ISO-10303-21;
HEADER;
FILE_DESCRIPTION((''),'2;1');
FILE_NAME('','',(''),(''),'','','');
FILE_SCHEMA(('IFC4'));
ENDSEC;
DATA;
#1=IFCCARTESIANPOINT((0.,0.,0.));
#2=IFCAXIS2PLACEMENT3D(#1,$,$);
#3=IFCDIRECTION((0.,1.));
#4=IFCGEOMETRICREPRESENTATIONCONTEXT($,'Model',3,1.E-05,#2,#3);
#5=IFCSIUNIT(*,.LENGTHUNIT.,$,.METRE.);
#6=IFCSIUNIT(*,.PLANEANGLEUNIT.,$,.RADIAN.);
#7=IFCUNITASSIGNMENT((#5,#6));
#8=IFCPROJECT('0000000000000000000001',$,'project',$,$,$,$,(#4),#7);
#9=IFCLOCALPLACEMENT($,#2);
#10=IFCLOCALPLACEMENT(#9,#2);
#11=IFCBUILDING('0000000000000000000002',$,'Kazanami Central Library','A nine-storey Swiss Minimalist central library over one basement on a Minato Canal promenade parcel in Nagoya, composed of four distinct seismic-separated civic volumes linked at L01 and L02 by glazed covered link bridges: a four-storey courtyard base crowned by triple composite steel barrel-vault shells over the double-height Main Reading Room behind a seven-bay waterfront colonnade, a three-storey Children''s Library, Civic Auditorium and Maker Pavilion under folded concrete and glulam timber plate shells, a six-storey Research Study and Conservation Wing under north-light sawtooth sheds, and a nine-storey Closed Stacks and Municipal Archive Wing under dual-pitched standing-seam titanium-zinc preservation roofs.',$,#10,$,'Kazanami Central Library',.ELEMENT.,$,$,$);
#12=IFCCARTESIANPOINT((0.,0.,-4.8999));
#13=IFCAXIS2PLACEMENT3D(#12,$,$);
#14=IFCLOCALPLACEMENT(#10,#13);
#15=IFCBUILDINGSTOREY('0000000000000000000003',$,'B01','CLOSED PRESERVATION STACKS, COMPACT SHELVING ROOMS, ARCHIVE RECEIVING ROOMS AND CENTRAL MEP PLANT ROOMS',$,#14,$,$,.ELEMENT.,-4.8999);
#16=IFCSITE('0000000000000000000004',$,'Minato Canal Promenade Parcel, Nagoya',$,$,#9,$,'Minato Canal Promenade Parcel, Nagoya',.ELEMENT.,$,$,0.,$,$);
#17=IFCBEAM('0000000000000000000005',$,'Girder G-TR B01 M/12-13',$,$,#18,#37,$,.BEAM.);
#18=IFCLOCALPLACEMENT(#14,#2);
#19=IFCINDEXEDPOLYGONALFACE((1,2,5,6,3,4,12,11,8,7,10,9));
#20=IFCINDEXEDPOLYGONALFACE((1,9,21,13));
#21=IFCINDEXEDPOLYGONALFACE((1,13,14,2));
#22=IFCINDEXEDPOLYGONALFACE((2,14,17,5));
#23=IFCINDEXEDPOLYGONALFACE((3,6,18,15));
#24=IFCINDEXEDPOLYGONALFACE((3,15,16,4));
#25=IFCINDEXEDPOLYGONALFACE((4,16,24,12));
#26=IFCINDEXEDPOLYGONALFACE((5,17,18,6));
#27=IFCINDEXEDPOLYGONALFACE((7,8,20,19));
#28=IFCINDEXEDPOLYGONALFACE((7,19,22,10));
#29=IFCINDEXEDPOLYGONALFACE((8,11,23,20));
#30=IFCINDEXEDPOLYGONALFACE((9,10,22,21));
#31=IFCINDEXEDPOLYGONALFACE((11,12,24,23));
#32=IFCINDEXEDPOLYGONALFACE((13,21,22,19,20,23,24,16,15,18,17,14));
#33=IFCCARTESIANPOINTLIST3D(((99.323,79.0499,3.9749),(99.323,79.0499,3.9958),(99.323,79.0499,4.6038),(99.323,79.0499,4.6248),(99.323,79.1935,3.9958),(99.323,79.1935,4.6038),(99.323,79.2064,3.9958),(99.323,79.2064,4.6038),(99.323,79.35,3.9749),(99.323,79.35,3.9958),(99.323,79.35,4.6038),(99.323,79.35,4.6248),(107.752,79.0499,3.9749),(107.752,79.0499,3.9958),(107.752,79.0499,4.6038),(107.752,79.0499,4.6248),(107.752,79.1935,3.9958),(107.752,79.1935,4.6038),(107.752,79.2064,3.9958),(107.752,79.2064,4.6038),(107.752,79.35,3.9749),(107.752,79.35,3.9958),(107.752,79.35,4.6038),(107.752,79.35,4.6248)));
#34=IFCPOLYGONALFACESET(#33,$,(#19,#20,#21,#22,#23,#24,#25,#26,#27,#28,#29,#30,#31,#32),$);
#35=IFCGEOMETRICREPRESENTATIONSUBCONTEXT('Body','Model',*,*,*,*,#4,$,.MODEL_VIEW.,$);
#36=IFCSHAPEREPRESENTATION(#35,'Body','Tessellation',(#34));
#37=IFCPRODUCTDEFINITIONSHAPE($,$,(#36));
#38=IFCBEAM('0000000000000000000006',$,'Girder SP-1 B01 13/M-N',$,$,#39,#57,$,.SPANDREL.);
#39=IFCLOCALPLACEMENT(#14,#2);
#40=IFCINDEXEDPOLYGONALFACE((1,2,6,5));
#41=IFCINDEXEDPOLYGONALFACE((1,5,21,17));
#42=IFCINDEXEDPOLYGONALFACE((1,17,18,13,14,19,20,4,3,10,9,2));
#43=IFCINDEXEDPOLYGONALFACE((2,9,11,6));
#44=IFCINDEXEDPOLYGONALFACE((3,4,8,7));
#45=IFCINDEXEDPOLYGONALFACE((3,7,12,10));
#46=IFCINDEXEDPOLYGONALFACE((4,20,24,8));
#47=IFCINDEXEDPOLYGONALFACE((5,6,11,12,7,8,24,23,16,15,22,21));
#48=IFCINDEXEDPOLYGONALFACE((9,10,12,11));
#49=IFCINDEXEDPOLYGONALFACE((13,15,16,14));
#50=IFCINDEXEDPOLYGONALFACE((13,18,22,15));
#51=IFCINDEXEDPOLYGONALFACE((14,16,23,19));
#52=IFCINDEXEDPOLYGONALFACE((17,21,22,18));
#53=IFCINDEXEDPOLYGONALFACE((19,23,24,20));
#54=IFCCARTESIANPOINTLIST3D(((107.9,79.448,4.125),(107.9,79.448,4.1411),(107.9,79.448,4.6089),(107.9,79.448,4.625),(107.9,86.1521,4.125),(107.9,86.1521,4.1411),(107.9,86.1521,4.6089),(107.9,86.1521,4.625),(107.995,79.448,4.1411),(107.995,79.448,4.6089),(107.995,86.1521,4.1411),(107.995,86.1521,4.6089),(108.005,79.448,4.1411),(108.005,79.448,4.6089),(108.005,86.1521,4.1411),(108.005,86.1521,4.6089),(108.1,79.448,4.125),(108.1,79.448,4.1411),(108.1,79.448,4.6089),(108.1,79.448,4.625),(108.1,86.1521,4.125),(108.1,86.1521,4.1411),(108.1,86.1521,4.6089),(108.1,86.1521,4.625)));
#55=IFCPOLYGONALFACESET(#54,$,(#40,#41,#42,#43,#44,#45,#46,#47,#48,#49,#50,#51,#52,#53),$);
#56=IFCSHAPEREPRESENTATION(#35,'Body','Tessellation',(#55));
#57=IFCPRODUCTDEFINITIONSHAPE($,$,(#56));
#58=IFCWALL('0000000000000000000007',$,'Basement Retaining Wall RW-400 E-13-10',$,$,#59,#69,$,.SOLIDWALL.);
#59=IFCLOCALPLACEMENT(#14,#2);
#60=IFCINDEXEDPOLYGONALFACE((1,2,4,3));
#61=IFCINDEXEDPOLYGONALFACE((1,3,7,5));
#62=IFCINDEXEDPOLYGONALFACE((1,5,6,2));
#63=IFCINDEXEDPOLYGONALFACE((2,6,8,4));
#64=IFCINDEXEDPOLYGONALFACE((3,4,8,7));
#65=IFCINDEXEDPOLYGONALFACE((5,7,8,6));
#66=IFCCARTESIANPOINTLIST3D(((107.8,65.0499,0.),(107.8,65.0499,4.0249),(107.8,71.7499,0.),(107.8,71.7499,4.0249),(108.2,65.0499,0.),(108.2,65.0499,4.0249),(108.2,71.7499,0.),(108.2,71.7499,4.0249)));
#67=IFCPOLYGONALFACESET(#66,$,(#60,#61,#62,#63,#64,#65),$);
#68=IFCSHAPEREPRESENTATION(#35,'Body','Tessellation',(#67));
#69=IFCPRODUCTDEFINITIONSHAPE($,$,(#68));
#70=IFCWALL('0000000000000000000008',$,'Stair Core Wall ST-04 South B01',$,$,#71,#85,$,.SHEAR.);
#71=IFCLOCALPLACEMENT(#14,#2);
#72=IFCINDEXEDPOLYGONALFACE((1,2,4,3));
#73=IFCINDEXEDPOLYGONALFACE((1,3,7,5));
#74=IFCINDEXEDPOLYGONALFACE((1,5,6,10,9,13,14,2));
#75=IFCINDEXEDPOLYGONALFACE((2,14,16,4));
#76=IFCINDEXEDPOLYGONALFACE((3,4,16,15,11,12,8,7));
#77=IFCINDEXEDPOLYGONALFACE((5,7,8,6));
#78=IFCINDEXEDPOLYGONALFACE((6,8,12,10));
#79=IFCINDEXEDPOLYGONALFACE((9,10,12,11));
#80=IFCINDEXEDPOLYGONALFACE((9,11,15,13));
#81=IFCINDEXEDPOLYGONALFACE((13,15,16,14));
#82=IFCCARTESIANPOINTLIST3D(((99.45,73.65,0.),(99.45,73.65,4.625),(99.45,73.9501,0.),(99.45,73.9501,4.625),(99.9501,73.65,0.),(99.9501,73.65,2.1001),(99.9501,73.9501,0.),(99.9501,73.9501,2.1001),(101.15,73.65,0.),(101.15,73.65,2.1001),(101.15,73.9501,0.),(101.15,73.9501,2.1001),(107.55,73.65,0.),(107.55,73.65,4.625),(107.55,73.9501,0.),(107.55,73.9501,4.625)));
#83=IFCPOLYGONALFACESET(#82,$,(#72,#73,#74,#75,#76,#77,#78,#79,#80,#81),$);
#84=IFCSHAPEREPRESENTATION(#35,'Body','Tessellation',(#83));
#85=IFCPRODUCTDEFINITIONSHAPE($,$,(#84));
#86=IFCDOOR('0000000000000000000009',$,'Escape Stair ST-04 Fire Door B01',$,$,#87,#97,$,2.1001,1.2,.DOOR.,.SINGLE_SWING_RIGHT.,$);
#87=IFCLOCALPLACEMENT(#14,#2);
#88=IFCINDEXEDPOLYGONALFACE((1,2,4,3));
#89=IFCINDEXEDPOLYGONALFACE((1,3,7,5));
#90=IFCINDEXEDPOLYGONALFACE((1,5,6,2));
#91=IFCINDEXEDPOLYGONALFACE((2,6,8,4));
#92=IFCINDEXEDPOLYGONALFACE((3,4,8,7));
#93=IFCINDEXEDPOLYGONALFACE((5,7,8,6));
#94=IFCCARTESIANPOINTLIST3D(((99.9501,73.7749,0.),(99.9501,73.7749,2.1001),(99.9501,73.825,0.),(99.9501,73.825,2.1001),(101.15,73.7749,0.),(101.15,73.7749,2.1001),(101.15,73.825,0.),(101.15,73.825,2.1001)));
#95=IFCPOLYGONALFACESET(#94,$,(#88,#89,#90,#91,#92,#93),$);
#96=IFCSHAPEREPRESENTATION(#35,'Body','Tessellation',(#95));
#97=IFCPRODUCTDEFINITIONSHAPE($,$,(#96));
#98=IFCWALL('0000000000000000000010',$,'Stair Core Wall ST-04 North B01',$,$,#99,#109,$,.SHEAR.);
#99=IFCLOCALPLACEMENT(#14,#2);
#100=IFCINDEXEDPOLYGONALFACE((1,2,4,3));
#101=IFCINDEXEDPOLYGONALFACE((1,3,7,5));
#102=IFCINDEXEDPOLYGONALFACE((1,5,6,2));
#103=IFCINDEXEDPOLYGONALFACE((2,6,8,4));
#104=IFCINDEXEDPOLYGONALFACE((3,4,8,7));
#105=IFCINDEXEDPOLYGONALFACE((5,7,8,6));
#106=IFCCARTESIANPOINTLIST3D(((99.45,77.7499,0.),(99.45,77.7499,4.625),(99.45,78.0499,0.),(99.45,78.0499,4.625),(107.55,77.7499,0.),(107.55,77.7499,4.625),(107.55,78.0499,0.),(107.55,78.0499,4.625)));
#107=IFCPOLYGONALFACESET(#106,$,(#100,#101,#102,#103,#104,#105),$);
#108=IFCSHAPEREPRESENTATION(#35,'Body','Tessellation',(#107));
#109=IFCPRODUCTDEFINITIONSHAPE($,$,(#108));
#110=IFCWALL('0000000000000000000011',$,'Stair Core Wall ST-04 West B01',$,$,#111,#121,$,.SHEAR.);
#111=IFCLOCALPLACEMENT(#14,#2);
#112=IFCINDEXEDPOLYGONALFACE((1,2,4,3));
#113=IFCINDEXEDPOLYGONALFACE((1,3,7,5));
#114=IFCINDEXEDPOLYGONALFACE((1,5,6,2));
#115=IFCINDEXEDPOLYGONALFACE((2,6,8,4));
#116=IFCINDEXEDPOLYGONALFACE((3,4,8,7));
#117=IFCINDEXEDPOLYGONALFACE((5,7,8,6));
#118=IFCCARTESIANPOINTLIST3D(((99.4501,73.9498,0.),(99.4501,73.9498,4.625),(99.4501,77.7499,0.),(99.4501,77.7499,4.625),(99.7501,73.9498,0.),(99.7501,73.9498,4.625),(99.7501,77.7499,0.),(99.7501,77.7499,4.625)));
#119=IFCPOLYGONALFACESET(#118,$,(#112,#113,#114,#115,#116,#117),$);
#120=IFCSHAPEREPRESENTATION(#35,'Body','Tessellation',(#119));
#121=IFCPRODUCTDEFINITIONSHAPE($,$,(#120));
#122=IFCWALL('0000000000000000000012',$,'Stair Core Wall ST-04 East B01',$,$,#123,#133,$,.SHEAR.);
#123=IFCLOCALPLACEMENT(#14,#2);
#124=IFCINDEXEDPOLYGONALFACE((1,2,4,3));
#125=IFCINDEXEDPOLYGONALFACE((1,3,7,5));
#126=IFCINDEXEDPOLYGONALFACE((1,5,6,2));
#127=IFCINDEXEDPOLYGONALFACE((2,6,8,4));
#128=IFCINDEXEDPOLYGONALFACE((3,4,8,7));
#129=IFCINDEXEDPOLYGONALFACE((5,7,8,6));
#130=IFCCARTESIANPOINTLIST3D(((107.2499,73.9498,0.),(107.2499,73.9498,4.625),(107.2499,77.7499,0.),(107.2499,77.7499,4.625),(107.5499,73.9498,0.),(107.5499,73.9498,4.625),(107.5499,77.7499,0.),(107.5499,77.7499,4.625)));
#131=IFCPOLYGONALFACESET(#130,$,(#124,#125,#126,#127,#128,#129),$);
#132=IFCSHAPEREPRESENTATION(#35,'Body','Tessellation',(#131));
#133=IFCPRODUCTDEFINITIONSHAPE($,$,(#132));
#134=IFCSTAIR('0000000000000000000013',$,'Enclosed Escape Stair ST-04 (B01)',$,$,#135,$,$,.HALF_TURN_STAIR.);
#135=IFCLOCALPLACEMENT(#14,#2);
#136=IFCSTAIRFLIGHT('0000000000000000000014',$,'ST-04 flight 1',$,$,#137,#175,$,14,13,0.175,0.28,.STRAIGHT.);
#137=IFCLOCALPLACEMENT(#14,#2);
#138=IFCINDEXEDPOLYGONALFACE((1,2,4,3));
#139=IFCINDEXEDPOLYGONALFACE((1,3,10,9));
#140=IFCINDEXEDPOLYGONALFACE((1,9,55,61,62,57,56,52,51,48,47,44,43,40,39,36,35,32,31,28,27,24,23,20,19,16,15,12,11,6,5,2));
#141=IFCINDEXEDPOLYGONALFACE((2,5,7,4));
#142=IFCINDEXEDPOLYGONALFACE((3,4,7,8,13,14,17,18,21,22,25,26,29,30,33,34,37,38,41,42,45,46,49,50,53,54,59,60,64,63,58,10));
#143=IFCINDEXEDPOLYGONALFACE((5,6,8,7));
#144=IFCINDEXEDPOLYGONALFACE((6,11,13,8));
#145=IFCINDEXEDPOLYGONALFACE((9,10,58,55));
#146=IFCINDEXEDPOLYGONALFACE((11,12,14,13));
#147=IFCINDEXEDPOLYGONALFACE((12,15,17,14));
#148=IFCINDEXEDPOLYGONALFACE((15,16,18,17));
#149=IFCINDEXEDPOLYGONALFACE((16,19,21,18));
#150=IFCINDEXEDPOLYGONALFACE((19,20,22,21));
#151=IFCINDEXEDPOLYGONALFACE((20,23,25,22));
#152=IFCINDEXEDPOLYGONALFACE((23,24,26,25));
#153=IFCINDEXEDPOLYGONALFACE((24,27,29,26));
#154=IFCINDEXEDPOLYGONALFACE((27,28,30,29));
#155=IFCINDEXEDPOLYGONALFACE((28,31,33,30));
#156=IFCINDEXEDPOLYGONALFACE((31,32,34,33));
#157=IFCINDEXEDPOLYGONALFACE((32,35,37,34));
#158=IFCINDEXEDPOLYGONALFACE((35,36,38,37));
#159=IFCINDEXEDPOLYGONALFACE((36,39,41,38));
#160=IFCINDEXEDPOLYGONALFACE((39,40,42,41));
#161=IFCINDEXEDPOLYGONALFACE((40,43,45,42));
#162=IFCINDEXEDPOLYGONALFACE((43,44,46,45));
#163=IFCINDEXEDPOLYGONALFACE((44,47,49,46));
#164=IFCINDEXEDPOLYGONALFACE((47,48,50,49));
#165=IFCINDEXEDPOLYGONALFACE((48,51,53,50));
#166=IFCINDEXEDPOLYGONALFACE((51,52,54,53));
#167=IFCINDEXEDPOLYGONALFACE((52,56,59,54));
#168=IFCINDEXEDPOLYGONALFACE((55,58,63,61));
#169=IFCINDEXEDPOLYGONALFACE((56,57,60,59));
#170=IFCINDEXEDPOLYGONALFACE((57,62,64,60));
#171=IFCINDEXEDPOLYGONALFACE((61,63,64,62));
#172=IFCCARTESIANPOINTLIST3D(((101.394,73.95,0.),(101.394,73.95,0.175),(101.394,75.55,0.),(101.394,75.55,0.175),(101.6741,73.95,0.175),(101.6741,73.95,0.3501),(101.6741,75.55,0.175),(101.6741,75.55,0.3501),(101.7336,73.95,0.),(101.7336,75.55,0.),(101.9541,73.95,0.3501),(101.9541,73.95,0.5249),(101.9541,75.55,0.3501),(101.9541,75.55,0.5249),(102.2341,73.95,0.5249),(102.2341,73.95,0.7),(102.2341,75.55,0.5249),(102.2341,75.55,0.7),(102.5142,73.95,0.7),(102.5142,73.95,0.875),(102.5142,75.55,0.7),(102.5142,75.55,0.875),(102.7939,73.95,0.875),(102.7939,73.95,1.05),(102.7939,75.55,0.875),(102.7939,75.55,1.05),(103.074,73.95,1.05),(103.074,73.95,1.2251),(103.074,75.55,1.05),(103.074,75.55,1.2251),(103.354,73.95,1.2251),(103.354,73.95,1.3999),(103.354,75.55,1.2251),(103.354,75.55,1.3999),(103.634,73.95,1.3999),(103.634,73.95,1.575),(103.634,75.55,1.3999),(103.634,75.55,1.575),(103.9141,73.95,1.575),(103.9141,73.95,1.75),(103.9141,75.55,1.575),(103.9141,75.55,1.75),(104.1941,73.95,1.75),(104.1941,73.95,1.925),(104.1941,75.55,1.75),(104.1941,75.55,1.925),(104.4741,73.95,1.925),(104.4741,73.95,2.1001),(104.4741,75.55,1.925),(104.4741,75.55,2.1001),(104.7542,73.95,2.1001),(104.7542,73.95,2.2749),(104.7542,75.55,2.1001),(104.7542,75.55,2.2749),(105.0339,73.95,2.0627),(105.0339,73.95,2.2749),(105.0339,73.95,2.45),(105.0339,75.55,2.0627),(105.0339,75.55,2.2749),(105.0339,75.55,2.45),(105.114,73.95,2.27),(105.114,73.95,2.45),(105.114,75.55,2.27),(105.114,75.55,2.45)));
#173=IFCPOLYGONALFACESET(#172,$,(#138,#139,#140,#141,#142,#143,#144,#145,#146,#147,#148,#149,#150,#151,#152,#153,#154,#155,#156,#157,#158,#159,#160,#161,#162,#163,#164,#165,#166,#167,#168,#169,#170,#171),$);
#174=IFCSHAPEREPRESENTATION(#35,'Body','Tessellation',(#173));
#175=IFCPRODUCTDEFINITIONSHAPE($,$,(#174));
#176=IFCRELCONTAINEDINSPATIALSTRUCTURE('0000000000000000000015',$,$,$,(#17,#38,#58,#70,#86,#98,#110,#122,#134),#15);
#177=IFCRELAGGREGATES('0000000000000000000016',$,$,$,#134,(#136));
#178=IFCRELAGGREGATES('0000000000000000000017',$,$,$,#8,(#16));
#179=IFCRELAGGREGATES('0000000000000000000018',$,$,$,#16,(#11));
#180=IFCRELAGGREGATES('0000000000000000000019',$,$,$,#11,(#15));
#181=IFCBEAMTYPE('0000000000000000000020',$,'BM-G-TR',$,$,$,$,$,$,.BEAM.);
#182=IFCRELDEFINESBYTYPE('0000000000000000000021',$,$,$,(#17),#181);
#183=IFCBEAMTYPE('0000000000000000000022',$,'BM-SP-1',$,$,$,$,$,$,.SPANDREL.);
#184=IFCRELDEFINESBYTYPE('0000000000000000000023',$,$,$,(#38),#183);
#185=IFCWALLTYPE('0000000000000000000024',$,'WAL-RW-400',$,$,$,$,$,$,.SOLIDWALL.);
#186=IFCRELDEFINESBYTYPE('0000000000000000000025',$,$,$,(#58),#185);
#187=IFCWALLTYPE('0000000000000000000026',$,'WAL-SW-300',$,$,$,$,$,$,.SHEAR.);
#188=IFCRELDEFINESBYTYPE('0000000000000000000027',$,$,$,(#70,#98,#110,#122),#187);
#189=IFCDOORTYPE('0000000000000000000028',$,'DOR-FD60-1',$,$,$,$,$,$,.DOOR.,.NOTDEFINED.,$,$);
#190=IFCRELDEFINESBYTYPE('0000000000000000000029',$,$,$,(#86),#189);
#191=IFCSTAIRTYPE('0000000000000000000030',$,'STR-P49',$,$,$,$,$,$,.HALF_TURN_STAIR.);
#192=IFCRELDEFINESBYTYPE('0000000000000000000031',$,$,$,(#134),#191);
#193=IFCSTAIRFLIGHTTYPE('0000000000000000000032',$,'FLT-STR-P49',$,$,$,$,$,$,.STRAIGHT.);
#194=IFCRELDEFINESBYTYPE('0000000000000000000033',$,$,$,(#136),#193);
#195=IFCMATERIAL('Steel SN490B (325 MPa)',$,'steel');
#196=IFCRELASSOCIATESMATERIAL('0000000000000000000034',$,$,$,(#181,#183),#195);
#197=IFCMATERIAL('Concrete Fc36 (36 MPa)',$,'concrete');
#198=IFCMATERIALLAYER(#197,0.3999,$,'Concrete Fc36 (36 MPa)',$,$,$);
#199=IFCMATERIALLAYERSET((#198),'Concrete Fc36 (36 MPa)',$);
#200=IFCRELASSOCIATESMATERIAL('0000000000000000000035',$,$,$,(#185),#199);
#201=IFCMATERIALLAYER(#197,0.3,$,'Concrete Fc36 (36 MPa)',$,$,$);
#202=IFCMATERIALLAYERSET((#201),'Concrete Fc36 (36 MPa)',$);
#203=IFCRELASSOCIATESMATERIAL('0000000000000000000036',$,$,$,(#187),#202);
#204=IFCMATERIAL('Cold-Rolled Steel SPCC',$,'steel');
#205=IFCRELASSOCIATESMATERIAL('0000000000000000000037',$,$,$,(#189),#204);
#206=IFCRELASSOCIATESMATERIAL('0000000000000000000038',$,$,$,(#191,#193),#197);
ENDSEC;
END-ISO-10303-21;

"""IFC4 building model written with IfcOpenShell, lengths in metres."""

from ifc_helpers import new_model, si_unit, direction, frame, frame_2d, origin, origin_2d, place, context, subcontext, project, spatial, polyline, rectangle, i_section, outline, extrude, material, layer, layer_set, material_profile, profile_set, type_object, element, fill, aggregate, save


model = new_model("IFC4")

# Units and contexts
model_context = context("Model", 3, precision=1e-05, world=origin(), true_north=direction((0.0, 1.0)))
body_context = subcontext(model_context, "Body", "Model", "MODEL_VIEW")
ifc_project = project(units=[si_unit("LENGTHUNIT", "METRE"), si_unit("PLANEANGLEUNIT", "RADIAN")], contexts=[model_context])

# Site, building, storey
site_placement = place(None, origin())
site = spatial("IfcSite", under=ifc_project, at=site_placement, Name="Minato Canal Promenade Parcel, Nagoya", LongName="Minato Canal Promenade Parcel, Nagoya", CompositionType="ELEMENT", RefElevation=0.0)
building_placement = place(site_placement, origin())
building = spatial("IfcBuilding", under=site, at=building_placement, Name="Kazanami Central Library", Description="A nine-storey Swiss Minimalist central library over one basement on a Minato Canal promenade parcel in Nagoya, composed of four distinct seismic-separated civic volumes linked at L01 and L02 by glazed covered link bridges: a four-storey courtyard base crowned by triple composite steel barrel-vault shells over the double-height Main Reading Room behind a seven-bay waterfront colonnade, a three-storey Children's Library, Civic Auditorium and Maker Pavilion under folded concrete and glulam timber plate shells, a six-storey Research Study and Conservation Wing under north-light sawtooth sheds, and a nine-storey Closed Stacks and Municipal Archive Wing under dual-pitched standing-seam titanium-zinc preservation roofs.", LongName="Kazanami Central Library", CompositionType="ELEMENT")
storey_placement = place(building_placement, frame((0.0, 0.0, -4.8999)))
storey = spatial("IfcBuildingStorey", under=building, at=storey_placement, Name="B01", Description="CLOSED PRESERVATION STACKS, COMPACT SHELVING ROOMS, ARCHIVE RECEIVING ROOMS AND CENTRAL MEP PLANT ROOMS", CompositionType="ELEMENT", Elevation=-4.8999)

# Shared definitions
ifc_material_1 = material(Name="Concrete Fc36 (36 MPa)", Category="concrete")

# Beams
ifc_material_2 = material(Name="Steel SN490B (325 MPa)", Category="steel")
ifc_material_profile_1 = material_profile(ifc_material_2, i_section(OverallWidth=0.3, OverallDepth=0.6499, WebThickness=0.0129, FlangeThickness=0.021, at=origin_2d()), Name="H-650x300x13x21")
ifc_profile_set_1 = profile_set([ifc_material_profile_1], Name="Steel SN490B (325 MPa)")
beam_type_1 = type_object("IfcBeamType", Name="BM-G-TR", PredefinedType="BEAM", material=ifc_profile_set_1)
for number, where, z_axis, x_axis, name in (
    (1, (99.323, 79.2, 4.2998), (1.0, 0.0, 0.0), (0.0, 1.0, 0.0), "Girder G-TR B01 M/12-13"),
):
    element("IfcBeam", number, at=place(storey_placement, frame(where, z_axis=z_axis, x_axis=x_axis)), inside=storey, type_object=beam_type_1, Name=name, PredefinedType="BEAM", context=body_context, shape_type="SweptSolid", body=[
        extrude(i_section(OverallWidth=0.3, OverallDepth=0.6499, WebThickness=0.0129, FlangeThickness=0.021, at=origin_2d()), origin(), (0.0, 0.0, 1.0), 8.429),
    ])
ifc_material_profile_2 = material_profile(ifc_material_2, i_section(OverallWidth=0.2, OverallDepth=0.5, WebThickness=0.01, FlangeThickness=0.0161, at=origin_2d()), Name="H-500x200x10x16")
ifc_profile_set_2 = profile_set([ifc_material_profile_2], Name="Steel SN490B (325 MPa)")
beam_type_2 = type_object("IfcBeamType", Name="BM-SP-1", PredefinedType="SPANDREL", material=ifc_profile_set_2)
beam_1_placement = place(storey_placement, frame((108.0, 79.448, 4.375), z_axis=(0.0, 1.0, 0.0), x_axis=(-1.0, 0.0, 0.0)))
element("IfcBeam", 2, at=beam_1_placement, inside=storey, type_object=beam_type_2, Name="Girder SP-1 B01 13/M-N", PredefinedType="SPANDREL", context=body_context, shape_type="SweptSolid", body=[
    extrude(i_section(OverallWidth=0.2, OverallDepth=0.5, WebThickness=0.01, FlangeThickness=0.0161, at=origin_2d()), origin(), (0.0, 0.0, 1.0), 6.7041),
])

# Wall
ifc_layer_1 = layer(ifc_material_1, 0.3999, Name="Concrete Fc36 (36 MPa)")
ifc_layer_set_1 = layer_set([ifc_layer_1], Name="Concrete Fc36 (36 MPa)")
wall_type_1 = type_object("IfcWallType", Name="WAL-RW-400", PredefinedType="SOLIDWALL", material=ifc_layer_set_1)
wall_1_placement = place(storey_placement, frame((108.0, 71.75, 0.0), z_axis=(0.0, 0.0, 1.0), x_axis=(0.0, -1.0, 0.0)))
element("IfcWall", 3, at=wall_1_placement, inside=storey, type_object=wall_type_1, Name="Basement Retaining Wall RW-400 E-13-10", PredefinedType="SOLIDWALL", context=body_context, shape_type="SweptSolid", body=[
    extrude(rectangle(XDim=6.7, YDim=0.3999, at=frame_2d((3.3501, 0.0))), origin(), (0.0, 0.0, 1.0), 4.0249),
])

# Wall, opening, door
ifc_layer_2 = layer(ifc_material_1, 0.3, Name="Concrete Fc36 (36 MPa)")
ifc_layer_set_2 = layer_set([ifc_layer_2], Name="Concrete Fc36 (36 MPa)")
wall_type_2 = type_object("IfcWallType", Name="WAL-SW-300", PredefinedType="SHEAR", material=ifc_layer_set_2)
wall_2_placement = place(storey_placement, frame((99.45, 73.8, 0.0), z_axis=(0.0, 0.0, 1.0), x_axis=(1.0, 0.0, 0.0)))
wall_2 = element("IfcWall", 4, at=wall_2_placement, inside=storey, type_object=wall_type_2, Name="Stair Core Wall ST-04 South B01", PredefinedType="SHEAR", context=body_context, shape_type="SweptSolid", body=[
    extrude(rectangle(XDim=8.1001, YDim=0.3, at=frame_2d((4.05, 0.0))), origin(), (0.0, 0.0, 1.0), 4.625),
])
opening_1_placement = place(wall_2_placement, frame((0.5, 0.0, 0.0)))
opening_1 = element("IfcOpeningElement", 5, at=opening_1_placement, cuts=wall_2, PredefinedType="OPENING", context=body_context, shape_type="SweptSolid", body=[
    extrude(rectangle(XDim=1.2, YDim=2.1001, at=frame_2d((0.6001, 1.05))), frame((0.0, 0.1621, 0.0), z_axis=(0.0, -1.0, 0.0), x_axis=(1.0, 0.0, 0.0)), (0.0, 0.0, 1.0), 0.324),
])
ifc_material_3 = material(Name="Cold-Rolled Steel SPCC", Category="steel")
door_type_1 = type_object("IfcDoorType", Name="DOR-FD60-1", OperationType="NOTDEFINED", PredefinedType="DOOR", material=ifc_material_3)
door_1_placement = place(opening_1_placement, origin())
door_1 = element("IfcDoor", 6, at=door_1_placement, inside=storey, type_object=door_type_1, Name="Escape Stair ST-04 Fire Door B01", OperationType="SINGLE_SWING_RIGHT", OverallHeight=2.1001, OverallWidth=1.2, PredefinedType="DOOR", context=body_context, shape_type="SweptSolid", body=[
    extrude(rectangle(XDim=1.2, YDim=2.1001, at=frame_2d((0.6001, 1.05))), frame((0.0, 0.0249, 0.0), z_axis=(0.0, -1.0, 0.0), x_axis=(1.0, 0.0, 0.0)), (0.0, 0.0, 1.0), 0.05),
])
fill(opening_1, door_1)

# Walls
wall_3_placement = place(storey_placement, frame((99.45, 77.8999, 0.0), z_axis=(0.0, 0.0, 1.0), x_axis=(1.0, 0.0, 0.0)))
element("IfcWall", 7, at=wall_3_placement, inside=storey, type_object=wall_type_2, Name="Stair Core Wall ST-04 North B01", PredefinedType="SHEAR", context=body_context, shape_type="SweptSolid", body=[
    extrude(rectangle(XDim=8.1001, YDim=0.3, at=frame_2d((4.05, 0.0))), origin(), (0.0, 0.0, 1.0), 4.625),
])
for number, where, z_axis, x_axis, name in (
    (8, (99.6001, 73.95, 0.0), (0.0, 0.0, 1.0), (0.0, 1.0, 0.0), "Stair Core Wall ST-04 West B01"),
    (9, (107.3999, 73.95, 0.0), (0.0, 0.0, 1.0), (0.0, 1.0, 0.0), "Stair Core Wall ST-04 East B01"),
):
    element("IfcWall", number, at=place(storey_placement, frame(where, z_axis=z_axis, x_axis=x_axis)), inside=storey, type_object=wall_type_2, Name=name, PredefinedType="SHEAR", context=body_context, shape_type="SweptSolid", body=[
        extrude(rectangle(XDim=3.8, YDim=0.3, at=frame_2d((1.8999, 0.0))), origin(), (0.0, 0.0, 1.0), 4.625),
    ])

# Stair, stair flight
stair_type = type_object("IfcStairType", Name="STR-P49", PredefinedType="HALF_TURN_STAIR", material=ifc_material_1)
stair_placement = place(storey_placement, origin())
stair = element("IfcStair", 10, at=stair_placement, inside=storey, type_object=stair_type, Name="Enclosed Escape Stair ST-04 (B01)", PredefinedType="HALF_TURN_STAIR")
stair_flight_type = type_object("IfcStairFlightType", Name="FLT-STR-P49", PredefinedType="STRAIGHT", material=ifc_material_1)
stair_flight_1_placement = place(storey_placement, frame((101.394, 74.75, 0.0), z_axis=(0.0, 0.0, 1.0), x_axis=(1.0, 0.0, 0.0)))
stair_flight_1 = element("IfcStairFlight", 11, at=stair_flight_1_placement, type_object=stair_flight_type, Name="ST-04 flight 1", NumberOfRisers=14, NumberOfTreads=13, PredefinedType="STRAIGHT", RiserHeight=0.175, TreadLength=0.28, context=body_context, shape_type="SweptSolid", body=[
    extrude(outline(polyline([(0.0, 0.0), (0.0, 0.175), (0.28, 0.175), (0.28, 0.3501), (0.5601, 0.3501), (0.5601, 0.5249), (0.8401, 0.5249), (0.8401, 0.7), (1.1201, 0.7), (1.1201, 0.875), (1.3999, 0.875), (1.3999, 1.05), (1.6799, 1.05), (1.6799, 1.2251), (1.96, 1.2251), (1.96, 1.3999), (2.24, 1.3999), (2.24, 1.575), (2.52, 1.575), (2.52, 1.75), (2.8, 1.75), (2.8, 1.925), (3.0801, 1.925), (3.0801, 2.1001), (3.3601, 2.1001), (3.3601, 2.2749), (3.6399, 2.2749), (3.6399, 2.45), (3.72, 2.45), (3.72, 2.27), (3.6399, 2.0627), (0.3396, 0.0), (0.0, 0.0)])), frame((0.0, 0.8, 0.0), z_axis=(0.0, -1.0, 0.0), x_axis=(1.0, 0.0, 0.0)), (0.0, 0.0, 1.0), 1.6001),
])
aggregate(stair, [stair_flight_1])

save(model, "model.ifc")
